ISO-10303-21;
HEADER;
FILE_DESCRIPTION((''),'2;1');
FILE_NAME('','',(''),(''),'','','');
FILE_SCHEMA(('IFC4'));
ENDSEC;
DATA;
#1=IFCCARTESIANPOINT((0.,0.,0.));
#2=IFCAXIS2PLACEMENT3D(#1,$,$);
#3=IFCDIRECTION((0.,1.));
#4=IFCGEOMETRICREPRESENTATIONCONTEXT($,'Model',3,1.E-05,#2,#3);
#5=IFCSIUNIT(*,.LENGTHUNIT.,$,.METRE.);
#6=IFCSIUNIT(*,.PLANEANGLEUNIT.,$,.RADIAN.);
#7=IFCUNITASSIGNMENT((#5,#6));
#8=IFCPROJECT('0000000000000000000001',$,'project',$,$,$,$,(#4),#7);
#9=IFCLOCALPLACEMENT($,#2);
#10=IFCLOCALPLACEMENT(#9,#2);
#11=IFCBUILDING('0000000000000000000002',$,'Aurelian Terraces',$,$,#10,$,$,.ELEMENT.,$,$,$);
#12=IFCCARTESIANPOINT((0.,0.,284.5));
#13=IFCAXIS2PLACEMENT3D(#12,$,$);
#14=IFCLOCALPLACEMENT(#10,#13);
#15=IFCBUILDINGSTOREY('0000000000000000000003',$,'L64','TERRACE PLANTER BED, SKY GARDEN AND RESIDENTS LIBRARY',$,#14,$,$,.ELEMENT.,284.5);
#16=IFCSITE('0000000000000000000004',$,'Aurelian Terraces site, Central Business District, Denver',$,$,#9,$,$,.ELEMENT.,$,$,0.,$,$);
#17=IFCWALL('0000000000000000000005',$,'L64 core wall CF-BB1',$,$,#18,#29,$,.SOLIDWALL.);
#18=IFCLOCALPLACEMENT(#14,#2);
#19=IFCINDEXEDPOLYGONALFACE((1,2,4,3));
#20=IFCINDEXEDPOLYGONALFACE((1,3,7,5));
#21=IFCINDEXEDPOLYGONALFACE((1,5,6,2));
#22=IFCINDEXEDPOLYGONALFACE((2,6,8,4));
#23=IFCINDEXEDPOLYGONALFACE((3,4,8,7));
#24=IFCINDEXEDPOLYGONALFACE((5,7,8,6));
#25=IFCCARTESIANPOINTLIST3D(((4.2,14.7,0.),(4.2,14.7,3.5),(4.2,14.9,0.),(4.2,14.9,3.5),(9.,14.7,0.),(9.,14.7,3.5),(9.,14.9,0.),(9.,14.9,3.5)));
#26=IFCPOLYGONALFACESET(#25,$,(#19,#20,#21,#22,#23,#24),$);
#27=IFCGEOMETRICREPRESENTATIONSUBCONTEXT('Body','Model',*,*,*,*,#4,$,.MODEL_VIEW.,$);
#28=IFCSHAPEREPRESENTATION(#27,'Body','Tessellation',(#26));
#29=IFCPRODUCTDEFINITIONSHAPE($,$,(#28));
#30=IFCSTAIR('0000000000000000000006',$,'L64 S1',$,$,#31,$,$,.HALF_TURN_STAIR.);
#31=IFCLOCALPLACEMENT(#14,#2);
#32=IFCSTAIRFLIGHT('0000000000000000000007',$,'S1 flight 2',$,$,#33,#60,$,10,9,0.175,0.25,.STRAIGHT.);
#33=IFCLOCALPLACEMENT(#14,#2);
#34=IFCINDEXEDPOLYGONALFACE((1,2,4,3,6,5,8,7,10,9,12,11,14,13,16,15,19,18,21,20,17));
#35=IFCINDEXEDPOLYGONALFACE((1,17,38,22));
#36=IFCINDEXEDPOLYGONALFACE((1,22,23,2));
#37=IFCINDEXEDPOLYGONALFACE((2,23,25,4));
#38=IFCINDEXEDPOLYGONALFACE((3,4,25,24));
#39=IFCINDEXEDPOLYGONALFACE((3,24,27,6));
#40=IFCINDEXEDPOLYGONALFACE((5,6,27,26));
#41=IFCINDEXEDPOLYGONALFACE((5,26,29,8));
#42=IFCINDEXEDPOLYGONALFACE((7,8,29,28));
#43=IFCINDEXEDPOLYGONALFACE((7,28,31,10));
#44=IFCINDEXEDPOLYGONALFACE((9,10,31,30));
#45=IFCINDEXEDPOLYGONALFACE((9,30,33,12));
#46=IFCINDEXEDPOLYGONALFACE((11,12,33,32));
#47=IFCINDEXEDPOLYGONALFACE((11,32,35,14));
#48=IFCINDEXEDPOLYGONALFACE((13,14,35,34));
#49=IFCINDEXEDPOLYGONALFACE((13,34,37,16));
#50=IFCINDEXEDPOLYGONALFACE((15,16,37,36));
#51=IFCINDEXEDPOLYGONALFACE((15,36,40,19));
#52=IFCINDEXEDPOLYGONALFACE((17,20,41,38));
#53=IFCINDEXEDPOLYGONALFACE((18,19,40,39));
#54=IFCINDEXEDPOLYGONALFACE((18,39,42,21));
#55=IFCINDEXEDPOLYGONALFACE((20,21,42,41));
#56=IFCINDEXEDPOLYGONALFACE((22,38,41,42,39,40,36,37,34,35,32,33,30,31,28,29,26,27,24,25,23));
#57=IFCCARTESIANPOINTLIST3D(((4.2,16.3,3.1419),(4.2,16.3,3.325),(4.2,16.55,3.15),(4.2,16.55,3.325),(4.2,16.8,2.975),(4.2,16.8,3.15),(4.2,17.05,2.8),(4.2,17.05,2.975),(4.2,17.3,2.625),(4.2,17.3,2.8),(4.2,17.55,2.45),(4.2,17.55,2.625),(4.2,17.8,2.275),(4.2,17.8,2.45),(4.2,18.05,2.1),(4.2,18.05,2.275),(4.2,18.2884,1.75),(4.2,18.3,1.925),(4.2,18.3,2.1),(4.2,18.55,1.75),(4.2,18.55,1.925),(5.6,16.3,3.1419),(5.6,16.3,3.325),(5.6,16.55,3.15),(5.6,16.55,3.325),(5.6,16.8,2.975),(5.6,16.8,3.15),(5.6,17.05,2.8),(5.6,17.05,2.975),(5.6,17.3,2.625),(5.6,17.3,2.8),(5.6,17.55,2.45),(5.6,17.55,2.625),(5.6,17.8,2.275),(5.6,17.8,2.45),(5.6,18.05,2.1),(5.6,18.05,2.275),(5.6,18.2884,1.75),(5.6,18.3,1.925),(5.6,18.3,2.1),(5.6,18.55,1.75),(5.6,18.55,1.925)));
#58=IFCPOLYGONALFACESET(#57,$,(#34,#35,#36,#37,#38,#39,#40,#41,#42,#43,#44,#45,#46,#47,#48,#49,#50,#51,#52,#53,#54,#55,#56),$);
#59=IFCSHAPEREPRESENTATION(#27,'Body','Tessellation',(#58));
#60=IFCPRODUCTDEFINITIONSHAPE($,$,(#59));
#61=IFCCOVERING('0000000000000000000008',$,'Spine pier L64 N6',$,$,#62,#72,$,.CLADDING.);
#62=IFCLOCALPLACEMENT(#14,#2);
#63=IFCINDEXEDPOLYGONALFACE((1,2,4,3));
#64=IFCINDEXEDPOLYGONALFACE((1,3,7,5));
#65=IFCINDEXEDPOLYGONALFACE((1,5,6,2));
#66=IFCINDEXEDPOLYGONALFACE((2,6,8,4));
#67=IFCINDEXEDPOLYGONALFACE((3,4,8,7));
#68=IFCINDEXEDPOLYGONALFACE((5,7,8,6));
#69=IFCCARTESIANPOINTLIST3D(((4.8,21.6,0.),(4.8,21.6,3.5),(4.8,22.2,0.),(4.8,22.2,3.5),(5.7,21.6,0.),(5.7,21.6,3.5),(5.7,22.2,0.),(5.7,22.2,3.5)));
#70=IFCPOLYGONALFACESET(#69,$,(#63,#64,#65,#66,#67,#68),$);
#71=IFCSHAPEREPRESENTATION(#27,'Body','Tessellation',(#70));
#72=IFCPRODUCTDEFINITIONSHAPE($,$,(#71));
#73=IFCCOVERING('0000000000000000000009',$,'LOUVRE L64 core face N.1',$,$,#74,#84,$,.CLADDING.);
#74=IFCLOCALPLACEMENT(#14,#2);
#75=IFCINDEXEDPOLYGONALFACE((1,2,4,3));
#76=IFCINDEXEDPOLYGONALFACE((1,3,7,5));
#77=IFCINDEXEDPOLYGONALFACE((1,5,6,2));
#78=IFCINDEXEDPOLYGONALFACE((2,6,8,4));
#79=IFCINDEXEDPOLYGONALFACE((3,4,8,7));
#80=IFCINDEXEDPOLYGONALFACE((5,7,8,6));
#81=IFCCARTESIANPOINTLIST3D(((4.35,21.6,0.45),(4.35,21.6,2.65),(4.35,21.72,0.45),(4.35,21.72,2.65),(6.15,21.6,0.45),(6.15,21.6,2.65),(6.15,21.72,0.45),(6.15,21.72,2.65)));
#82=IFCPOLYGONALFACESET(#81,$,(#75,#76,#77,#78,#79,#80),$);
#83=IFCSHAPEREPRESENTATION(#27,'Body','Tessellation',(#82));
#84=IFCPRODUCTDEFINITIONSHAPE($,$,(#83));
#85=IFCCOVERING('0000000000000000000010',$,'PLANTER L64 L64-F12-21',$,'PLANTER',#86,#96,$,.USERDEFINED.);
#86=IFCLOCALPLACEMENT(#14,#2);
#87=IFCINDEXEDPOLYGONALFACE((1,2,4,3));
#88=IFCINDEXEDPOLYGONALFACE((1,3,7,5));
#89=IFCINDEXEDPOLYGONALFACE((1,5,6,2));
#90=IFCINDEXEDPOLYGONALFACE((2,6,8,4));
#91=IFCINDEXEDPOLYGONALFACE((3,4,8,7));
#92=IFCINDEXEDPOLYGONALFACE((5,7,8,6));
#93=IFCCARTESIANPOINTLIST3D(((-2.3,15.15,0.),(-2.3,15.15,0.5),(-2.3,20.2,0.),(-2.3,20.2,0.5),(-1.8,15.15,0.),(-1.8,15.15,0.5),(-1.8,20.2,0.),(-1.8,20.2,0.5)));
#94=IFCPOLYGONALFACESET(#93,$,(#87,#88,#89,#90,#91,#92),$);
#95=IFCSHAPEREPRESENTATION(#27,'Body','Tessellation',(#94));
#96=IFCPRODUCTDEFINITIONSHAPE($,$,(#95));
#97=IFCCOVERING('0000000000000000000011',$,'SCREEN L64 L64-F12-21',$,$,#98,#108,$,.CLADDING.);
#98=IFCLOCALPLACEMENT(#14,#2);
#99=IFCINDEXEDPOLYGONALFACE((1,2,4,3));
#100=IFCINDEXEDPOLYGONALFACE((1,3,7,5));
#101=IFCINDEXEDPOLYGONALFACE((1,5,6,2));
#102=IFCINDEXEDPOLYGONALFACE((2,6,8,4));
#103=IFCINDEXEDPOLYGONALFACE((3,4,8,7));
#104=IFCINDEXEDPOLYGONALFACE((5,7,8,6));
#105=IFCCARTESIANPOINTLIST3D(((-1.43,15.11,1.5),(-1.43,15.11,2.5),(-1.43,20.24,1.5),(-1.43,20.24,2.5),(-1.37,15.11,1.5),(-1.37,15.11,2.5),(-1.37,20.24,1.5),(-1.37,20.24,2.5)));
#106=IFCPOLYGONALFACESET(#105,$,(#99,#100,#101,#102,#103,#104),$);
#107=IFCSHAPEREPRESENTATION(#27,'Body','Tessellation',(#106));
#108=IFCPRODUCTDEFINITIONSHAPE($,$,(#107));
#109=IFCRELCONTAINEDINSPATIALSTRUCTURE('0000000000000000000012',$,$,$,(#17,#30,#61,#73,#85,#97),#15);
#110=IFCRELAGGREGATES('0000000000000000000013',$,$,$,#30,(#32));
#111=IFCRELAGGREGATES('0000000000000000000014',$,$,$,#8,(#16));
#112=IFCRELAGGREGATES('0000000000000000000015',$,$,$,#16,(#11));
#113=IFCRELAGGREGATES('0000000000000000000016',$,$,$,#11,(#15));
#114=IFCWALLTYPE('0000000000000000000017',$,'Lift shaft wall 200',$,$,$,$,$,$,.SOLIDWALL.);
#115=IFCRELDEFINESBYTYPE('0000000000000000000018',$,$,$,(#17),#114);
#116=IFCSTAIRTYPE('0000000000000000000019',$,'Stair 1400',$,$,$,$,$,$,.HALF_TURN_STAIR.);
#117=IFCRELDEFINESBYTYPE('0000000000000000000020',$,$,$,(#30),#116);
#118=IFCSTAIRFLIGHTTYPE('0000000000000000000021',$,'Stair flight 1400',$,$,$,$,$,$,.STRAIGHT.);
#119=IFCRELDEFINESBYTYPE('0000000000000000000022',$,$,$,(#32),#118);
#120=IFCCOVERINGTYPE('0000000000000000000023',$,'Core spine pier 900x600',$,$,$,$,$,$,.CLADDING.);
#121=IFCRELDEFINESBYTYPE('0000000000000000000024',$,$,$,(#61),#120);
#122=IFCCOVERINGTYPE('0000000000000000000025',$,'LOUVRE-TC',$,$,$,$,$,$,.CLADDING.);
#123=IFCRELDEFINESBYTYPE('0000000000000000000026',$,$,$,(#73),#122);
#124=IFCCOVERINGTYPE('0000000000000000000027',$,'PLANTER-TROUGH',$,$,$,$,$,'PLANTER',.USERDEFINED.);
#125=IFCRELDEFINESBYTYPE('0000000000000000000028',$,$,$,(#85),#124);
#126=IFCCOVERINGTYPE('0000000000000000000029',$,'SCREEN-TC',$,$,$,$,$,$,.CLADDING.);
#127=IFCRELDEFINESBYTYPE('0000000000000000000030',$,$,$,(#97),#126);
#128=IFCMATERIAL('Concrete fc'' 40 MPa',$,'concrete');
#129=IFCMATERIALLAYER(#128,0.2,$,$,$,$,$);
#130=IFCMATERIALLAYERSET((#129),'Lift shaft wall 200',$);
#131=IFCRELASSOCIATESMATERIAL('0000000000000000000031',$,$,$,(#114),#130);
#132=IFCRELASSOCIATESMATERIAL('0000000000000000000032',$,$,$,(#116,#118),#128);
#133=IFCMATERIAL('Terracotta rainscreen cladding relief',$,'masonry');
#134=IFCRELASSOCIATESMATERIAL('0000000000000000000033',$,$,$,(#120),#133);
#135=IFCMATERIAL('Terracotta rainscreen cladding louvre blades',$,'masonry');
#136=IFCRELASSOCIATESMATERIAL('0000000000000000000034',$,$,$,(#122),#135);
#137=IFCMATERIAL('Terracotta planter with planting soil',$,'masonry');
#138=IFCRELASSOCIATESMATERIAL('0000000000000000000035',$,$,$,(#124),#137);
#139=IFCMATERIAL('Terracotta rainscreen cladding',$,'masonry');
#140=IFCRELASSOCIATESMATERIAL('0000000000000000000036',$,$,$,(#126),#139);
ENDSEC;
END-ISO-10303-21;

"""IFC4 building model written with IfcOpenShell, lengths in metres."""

from ifc_helpers import new_model, si_unit, direction, frame, frame_2d, origin, origin_2d, place, context, subcontext, project, spatial, polyline, rectangle, outline, extrude, source, transform, mapped, material, layer, layer_set, type_object, element, aggregate, save


model = new_model("IFC4")

# Units and contexts
model_context = context("Model", 3, precision=1e-05, world=origin(), true_north=direction((0.0, 1.0)))
body_context = subcontext(model_context, "Body", "Model", "MODEL_VIEW")
ifc_project = project(units=[si_unit("LENGTHUNIT", "METRE"), si_unit("PLANEANGLEUNIT", "RADIAN")], contexts=[model_context])

# Site, building, storey
site_placement = place(None, origin())
site = spatial("IfcSite", under=ifc_project, at=site_placement, Name="Aurelian Terraces site, Central Business District, Denver", CompositionType="ELEMENT", RefElevation=0.0)
building_placement = place(site_placement, origin())
building = spatial("IfcBuilding", under=site, at=building_placement, Name="Aurelian Terraces", CompositionType="ELEMENT")
storey_placement = place(building_placement, frame((0.0, 0.0, 284.5)))
storey = spatial("IfcBuildingStorey", under=building, at=storey_placement, Name="L64", Description="TERRACE PLANTER BED, SKY GARDEN AND RESIDENTS LIBRARY", CompositionType="ELEMENT", Elevation=284.5)

# Shared definitions
ifc_material_1 = material(Name="Terracotta rainscreen cladding", Category="masonry")

# Wall
ifc_material_2 = material(Name="Concrete fc' 40 MPa", Category="concrete")
ifc_layer_1 = layer(ifc_material_2, 0.2)
ifc_layer_set_1 = layer_set([ifc_layer_1], Name="Lift shaft wall 200")
wall_type_1 = type_object("IfcWallType", Name="Lift shaft wall 200", PredefinedType="SOLIDWALL", material=ifc_layer_set_1)
shared_shape_1 = source(origin(), body_context, "Body", "SweptSolid", [
    extrude(rectangle(XDim=4.8, YDim=0.2, at=frame_2d((2.4, 0.0))), origin(), (0.0, 0.0, 1.0), 3.5),
])
wall_1_placement = place(storey_placement, frame((4.2, 14.8, 0.0), z_axis=(0.0, 0.0, 1.0), x_axis=(1.0, 0.0, 0.0)))
element("IfcWall", 1, at=wall_1_placement, inside=storey, type_object=wall_type_1, Name="L64 core wall CF-BB1", PredefinedType="SOLIDWALL", context=body_context, shape_type="MappedRepresentation", body=[
    mapped(shared_shape_1, transform((0.0, 0.0, 0.0), scale=1.0)),
])

# Stair, stair flight
stair_type = type_object("IfcStairType", Name="Stair 1400", PredefinedType="HALF_TURN_STAIR", material=ifc_material_2)
stair_placement = place(storey_placement, origin())
stair = element("IfcStair", 2, at=stair_placement, inside=storey, type_object=stair_type, Name="L64 S1", PredefinedType="HALF_TURN_STAIR")
stair_flight_type = type_object("IfcStairFlightType", Name="Stair flight 1400", PredefinedType="STRAIGHT", material=ifc_material_2)
shared_shape_2 = source(origin(), body_context, "Body", "SweptSolid", [
    extrude(outline(polyline([(0.0, 0.0), (0.0, 0.175), (0.25, 0.175), (0.25, 0.35), (0.5, 0.35), (0.5, 0.525), (0.75, 0.525), (0.75, 0.7), (1.0, 0.7), (1.0, 0.875), (1.25, 0.875), (1.25, 1.05), (1.5, 1.05), (1.5, 1.225), (1.75, 1.225), (1.75, 1.4), (2.0, 1.4), (2.0, 1.575), (2.25, 1.575), (2.25, 1.75), (2.25, 1.3919), (0.2616, 0.0), (0.0, 0.0)])), frame((0.0, 0.7, 0.0), z_axis=(0.0, -1.0, 0.0), x_axis=(1.0, 0.0, 0.0)), (0.0, 0.0, 1.0), 1.4),
])
stair_flight_placement = place(storey_placement, frame((4.9, 18.55, 1.75), z_axis=(0.0, 0.0, 1.0), x_axis=(0.0, -1.0, 0.0)))
stair_flight = element("IfcStairFlight", 3, at=stair_flight_placement, type_object=stair_flight_type, Name="S1 flight 2", NumberOfRisers=10, NumberOfTreads=9, PredefinedType="STRAIGHT", RiserHeight=0.175, TreadLength=0.25, context=body_context, shape_type="MappedRepresentation", body=[
    mapped(shared_shape_2, transform((0.0, 0.0, 0.0), scale=1.0)),
])
aggregate(stair, [stair_flight])

# Covering
ifc_material_3 = material(Name="Terracotta rainscreen cladding relief", Category="masonry")
covering_type_1 = type_object("IfcCoveringType", Name="Core spine pier 900x600", PredefinedType="CLADDING", material=ifc_material_3)
covering_1_placement = place(storey_placement, frame((5.25, 21.9, 0.0), z_axis=(0.0, 0.0, 1.0), x_axis=(1.0, 0.0, 0.0)))
element("IfcCovering", 4, at=covering_1_placement, inside=storey, type_object=covering_type_1, Name="Spine pier L64 N6", PredefinedType="CLADDING", context=body_context, shape_type="SweptSolid", body=[
    extrude(rectangle(XDim=0.9, YDim=0.6, at=origin_2d()), origin(), (0.0, 0.0, 1.0), 3.5),
])

# Coverings
ifc_material_4 = material(Name="Terracotta rainscreen cladding louvre blades", Category="masonry")
covering_type_2 = type_object("IfcCoveringType", Name="LOUVRE-TC", PredefinedType="CLADDING", material=ifc_material_4)
covering_2_placement = place(storey_placement, frame((5.25, 21.66, 0.45), z_axis=(0.0, 0.0, 1.0), x_axis=(1.0, 0.0, 0.0)))
element("IfcCovering", 5, at=covering_2_placement, inside=storey, type_object=covering_type_2, Name="LOUVRE L64 core face N.1", PredefinedType="CLADDING", context=body_context, shape_type="SweptSolid", body=[
    extrude(rectangle(XDim=1.8, YDim=0.12, at=origin_2d()), origin(), (0.0, 0.0, 1.0), 2.2),
])
ifc_material_5 = material(Name="Terracotta planter with planting soil", Category="masonry")
covering_type_3 = type_object("IfcCoveringType", Name="PLANTER-TROUGH", ElementType="PLANTER", PredefinedType="USERDEFINED", material=ifc_material_5)
covering_3_placement = place(storey_placement, frame((-2.05, 17.675, 0.0), z_axis=(0.0, 0.0, 1.0), x_axis=(1.0, 0.0, 0.0)))
element("IfcCovering", 6, at=covering_3_placement, inside=storey, type_object=covering_type_3, Name="PLANTER L64 L64-F12-21", ObjectType="PLANTER", PredefinedType="USERDEFINED", context=body_context, shape_type="SweptSolid", body=[
    extrude(rectangle(XDim=0.5, YDim=5.05, at=origin_2d()), origin(), (0.0, 0.0, 1.0), 0.5),
])
covering_type_4 = type_object("IfcCoveringType", Name="SCREEN-TC", PredefinedType="CLADDING", material=ifc_material_1)
covering_4_placement = place(storey_placement, frame((-1.4, 17.675, 1.5), z_axis=(0.0, 0.0, 1.0), x_axis=(1.0, 0.0, 0.0)))
element("IfcCovering", 7, at=covering_4_placement, inside=storey, type_object=covering_type_4, Name="SCREEN L64 L64-F12-21", PredefinedType="CLADDING", context=body_context, shape_type="SweptSolid", body=[
    extrude(rectangle(XDim=0.06, YDim=5.13, at=origin_2d()), origin(), (0.0, 0.0, 1.0), 1.0),
])

save(model, "model.ifc")
